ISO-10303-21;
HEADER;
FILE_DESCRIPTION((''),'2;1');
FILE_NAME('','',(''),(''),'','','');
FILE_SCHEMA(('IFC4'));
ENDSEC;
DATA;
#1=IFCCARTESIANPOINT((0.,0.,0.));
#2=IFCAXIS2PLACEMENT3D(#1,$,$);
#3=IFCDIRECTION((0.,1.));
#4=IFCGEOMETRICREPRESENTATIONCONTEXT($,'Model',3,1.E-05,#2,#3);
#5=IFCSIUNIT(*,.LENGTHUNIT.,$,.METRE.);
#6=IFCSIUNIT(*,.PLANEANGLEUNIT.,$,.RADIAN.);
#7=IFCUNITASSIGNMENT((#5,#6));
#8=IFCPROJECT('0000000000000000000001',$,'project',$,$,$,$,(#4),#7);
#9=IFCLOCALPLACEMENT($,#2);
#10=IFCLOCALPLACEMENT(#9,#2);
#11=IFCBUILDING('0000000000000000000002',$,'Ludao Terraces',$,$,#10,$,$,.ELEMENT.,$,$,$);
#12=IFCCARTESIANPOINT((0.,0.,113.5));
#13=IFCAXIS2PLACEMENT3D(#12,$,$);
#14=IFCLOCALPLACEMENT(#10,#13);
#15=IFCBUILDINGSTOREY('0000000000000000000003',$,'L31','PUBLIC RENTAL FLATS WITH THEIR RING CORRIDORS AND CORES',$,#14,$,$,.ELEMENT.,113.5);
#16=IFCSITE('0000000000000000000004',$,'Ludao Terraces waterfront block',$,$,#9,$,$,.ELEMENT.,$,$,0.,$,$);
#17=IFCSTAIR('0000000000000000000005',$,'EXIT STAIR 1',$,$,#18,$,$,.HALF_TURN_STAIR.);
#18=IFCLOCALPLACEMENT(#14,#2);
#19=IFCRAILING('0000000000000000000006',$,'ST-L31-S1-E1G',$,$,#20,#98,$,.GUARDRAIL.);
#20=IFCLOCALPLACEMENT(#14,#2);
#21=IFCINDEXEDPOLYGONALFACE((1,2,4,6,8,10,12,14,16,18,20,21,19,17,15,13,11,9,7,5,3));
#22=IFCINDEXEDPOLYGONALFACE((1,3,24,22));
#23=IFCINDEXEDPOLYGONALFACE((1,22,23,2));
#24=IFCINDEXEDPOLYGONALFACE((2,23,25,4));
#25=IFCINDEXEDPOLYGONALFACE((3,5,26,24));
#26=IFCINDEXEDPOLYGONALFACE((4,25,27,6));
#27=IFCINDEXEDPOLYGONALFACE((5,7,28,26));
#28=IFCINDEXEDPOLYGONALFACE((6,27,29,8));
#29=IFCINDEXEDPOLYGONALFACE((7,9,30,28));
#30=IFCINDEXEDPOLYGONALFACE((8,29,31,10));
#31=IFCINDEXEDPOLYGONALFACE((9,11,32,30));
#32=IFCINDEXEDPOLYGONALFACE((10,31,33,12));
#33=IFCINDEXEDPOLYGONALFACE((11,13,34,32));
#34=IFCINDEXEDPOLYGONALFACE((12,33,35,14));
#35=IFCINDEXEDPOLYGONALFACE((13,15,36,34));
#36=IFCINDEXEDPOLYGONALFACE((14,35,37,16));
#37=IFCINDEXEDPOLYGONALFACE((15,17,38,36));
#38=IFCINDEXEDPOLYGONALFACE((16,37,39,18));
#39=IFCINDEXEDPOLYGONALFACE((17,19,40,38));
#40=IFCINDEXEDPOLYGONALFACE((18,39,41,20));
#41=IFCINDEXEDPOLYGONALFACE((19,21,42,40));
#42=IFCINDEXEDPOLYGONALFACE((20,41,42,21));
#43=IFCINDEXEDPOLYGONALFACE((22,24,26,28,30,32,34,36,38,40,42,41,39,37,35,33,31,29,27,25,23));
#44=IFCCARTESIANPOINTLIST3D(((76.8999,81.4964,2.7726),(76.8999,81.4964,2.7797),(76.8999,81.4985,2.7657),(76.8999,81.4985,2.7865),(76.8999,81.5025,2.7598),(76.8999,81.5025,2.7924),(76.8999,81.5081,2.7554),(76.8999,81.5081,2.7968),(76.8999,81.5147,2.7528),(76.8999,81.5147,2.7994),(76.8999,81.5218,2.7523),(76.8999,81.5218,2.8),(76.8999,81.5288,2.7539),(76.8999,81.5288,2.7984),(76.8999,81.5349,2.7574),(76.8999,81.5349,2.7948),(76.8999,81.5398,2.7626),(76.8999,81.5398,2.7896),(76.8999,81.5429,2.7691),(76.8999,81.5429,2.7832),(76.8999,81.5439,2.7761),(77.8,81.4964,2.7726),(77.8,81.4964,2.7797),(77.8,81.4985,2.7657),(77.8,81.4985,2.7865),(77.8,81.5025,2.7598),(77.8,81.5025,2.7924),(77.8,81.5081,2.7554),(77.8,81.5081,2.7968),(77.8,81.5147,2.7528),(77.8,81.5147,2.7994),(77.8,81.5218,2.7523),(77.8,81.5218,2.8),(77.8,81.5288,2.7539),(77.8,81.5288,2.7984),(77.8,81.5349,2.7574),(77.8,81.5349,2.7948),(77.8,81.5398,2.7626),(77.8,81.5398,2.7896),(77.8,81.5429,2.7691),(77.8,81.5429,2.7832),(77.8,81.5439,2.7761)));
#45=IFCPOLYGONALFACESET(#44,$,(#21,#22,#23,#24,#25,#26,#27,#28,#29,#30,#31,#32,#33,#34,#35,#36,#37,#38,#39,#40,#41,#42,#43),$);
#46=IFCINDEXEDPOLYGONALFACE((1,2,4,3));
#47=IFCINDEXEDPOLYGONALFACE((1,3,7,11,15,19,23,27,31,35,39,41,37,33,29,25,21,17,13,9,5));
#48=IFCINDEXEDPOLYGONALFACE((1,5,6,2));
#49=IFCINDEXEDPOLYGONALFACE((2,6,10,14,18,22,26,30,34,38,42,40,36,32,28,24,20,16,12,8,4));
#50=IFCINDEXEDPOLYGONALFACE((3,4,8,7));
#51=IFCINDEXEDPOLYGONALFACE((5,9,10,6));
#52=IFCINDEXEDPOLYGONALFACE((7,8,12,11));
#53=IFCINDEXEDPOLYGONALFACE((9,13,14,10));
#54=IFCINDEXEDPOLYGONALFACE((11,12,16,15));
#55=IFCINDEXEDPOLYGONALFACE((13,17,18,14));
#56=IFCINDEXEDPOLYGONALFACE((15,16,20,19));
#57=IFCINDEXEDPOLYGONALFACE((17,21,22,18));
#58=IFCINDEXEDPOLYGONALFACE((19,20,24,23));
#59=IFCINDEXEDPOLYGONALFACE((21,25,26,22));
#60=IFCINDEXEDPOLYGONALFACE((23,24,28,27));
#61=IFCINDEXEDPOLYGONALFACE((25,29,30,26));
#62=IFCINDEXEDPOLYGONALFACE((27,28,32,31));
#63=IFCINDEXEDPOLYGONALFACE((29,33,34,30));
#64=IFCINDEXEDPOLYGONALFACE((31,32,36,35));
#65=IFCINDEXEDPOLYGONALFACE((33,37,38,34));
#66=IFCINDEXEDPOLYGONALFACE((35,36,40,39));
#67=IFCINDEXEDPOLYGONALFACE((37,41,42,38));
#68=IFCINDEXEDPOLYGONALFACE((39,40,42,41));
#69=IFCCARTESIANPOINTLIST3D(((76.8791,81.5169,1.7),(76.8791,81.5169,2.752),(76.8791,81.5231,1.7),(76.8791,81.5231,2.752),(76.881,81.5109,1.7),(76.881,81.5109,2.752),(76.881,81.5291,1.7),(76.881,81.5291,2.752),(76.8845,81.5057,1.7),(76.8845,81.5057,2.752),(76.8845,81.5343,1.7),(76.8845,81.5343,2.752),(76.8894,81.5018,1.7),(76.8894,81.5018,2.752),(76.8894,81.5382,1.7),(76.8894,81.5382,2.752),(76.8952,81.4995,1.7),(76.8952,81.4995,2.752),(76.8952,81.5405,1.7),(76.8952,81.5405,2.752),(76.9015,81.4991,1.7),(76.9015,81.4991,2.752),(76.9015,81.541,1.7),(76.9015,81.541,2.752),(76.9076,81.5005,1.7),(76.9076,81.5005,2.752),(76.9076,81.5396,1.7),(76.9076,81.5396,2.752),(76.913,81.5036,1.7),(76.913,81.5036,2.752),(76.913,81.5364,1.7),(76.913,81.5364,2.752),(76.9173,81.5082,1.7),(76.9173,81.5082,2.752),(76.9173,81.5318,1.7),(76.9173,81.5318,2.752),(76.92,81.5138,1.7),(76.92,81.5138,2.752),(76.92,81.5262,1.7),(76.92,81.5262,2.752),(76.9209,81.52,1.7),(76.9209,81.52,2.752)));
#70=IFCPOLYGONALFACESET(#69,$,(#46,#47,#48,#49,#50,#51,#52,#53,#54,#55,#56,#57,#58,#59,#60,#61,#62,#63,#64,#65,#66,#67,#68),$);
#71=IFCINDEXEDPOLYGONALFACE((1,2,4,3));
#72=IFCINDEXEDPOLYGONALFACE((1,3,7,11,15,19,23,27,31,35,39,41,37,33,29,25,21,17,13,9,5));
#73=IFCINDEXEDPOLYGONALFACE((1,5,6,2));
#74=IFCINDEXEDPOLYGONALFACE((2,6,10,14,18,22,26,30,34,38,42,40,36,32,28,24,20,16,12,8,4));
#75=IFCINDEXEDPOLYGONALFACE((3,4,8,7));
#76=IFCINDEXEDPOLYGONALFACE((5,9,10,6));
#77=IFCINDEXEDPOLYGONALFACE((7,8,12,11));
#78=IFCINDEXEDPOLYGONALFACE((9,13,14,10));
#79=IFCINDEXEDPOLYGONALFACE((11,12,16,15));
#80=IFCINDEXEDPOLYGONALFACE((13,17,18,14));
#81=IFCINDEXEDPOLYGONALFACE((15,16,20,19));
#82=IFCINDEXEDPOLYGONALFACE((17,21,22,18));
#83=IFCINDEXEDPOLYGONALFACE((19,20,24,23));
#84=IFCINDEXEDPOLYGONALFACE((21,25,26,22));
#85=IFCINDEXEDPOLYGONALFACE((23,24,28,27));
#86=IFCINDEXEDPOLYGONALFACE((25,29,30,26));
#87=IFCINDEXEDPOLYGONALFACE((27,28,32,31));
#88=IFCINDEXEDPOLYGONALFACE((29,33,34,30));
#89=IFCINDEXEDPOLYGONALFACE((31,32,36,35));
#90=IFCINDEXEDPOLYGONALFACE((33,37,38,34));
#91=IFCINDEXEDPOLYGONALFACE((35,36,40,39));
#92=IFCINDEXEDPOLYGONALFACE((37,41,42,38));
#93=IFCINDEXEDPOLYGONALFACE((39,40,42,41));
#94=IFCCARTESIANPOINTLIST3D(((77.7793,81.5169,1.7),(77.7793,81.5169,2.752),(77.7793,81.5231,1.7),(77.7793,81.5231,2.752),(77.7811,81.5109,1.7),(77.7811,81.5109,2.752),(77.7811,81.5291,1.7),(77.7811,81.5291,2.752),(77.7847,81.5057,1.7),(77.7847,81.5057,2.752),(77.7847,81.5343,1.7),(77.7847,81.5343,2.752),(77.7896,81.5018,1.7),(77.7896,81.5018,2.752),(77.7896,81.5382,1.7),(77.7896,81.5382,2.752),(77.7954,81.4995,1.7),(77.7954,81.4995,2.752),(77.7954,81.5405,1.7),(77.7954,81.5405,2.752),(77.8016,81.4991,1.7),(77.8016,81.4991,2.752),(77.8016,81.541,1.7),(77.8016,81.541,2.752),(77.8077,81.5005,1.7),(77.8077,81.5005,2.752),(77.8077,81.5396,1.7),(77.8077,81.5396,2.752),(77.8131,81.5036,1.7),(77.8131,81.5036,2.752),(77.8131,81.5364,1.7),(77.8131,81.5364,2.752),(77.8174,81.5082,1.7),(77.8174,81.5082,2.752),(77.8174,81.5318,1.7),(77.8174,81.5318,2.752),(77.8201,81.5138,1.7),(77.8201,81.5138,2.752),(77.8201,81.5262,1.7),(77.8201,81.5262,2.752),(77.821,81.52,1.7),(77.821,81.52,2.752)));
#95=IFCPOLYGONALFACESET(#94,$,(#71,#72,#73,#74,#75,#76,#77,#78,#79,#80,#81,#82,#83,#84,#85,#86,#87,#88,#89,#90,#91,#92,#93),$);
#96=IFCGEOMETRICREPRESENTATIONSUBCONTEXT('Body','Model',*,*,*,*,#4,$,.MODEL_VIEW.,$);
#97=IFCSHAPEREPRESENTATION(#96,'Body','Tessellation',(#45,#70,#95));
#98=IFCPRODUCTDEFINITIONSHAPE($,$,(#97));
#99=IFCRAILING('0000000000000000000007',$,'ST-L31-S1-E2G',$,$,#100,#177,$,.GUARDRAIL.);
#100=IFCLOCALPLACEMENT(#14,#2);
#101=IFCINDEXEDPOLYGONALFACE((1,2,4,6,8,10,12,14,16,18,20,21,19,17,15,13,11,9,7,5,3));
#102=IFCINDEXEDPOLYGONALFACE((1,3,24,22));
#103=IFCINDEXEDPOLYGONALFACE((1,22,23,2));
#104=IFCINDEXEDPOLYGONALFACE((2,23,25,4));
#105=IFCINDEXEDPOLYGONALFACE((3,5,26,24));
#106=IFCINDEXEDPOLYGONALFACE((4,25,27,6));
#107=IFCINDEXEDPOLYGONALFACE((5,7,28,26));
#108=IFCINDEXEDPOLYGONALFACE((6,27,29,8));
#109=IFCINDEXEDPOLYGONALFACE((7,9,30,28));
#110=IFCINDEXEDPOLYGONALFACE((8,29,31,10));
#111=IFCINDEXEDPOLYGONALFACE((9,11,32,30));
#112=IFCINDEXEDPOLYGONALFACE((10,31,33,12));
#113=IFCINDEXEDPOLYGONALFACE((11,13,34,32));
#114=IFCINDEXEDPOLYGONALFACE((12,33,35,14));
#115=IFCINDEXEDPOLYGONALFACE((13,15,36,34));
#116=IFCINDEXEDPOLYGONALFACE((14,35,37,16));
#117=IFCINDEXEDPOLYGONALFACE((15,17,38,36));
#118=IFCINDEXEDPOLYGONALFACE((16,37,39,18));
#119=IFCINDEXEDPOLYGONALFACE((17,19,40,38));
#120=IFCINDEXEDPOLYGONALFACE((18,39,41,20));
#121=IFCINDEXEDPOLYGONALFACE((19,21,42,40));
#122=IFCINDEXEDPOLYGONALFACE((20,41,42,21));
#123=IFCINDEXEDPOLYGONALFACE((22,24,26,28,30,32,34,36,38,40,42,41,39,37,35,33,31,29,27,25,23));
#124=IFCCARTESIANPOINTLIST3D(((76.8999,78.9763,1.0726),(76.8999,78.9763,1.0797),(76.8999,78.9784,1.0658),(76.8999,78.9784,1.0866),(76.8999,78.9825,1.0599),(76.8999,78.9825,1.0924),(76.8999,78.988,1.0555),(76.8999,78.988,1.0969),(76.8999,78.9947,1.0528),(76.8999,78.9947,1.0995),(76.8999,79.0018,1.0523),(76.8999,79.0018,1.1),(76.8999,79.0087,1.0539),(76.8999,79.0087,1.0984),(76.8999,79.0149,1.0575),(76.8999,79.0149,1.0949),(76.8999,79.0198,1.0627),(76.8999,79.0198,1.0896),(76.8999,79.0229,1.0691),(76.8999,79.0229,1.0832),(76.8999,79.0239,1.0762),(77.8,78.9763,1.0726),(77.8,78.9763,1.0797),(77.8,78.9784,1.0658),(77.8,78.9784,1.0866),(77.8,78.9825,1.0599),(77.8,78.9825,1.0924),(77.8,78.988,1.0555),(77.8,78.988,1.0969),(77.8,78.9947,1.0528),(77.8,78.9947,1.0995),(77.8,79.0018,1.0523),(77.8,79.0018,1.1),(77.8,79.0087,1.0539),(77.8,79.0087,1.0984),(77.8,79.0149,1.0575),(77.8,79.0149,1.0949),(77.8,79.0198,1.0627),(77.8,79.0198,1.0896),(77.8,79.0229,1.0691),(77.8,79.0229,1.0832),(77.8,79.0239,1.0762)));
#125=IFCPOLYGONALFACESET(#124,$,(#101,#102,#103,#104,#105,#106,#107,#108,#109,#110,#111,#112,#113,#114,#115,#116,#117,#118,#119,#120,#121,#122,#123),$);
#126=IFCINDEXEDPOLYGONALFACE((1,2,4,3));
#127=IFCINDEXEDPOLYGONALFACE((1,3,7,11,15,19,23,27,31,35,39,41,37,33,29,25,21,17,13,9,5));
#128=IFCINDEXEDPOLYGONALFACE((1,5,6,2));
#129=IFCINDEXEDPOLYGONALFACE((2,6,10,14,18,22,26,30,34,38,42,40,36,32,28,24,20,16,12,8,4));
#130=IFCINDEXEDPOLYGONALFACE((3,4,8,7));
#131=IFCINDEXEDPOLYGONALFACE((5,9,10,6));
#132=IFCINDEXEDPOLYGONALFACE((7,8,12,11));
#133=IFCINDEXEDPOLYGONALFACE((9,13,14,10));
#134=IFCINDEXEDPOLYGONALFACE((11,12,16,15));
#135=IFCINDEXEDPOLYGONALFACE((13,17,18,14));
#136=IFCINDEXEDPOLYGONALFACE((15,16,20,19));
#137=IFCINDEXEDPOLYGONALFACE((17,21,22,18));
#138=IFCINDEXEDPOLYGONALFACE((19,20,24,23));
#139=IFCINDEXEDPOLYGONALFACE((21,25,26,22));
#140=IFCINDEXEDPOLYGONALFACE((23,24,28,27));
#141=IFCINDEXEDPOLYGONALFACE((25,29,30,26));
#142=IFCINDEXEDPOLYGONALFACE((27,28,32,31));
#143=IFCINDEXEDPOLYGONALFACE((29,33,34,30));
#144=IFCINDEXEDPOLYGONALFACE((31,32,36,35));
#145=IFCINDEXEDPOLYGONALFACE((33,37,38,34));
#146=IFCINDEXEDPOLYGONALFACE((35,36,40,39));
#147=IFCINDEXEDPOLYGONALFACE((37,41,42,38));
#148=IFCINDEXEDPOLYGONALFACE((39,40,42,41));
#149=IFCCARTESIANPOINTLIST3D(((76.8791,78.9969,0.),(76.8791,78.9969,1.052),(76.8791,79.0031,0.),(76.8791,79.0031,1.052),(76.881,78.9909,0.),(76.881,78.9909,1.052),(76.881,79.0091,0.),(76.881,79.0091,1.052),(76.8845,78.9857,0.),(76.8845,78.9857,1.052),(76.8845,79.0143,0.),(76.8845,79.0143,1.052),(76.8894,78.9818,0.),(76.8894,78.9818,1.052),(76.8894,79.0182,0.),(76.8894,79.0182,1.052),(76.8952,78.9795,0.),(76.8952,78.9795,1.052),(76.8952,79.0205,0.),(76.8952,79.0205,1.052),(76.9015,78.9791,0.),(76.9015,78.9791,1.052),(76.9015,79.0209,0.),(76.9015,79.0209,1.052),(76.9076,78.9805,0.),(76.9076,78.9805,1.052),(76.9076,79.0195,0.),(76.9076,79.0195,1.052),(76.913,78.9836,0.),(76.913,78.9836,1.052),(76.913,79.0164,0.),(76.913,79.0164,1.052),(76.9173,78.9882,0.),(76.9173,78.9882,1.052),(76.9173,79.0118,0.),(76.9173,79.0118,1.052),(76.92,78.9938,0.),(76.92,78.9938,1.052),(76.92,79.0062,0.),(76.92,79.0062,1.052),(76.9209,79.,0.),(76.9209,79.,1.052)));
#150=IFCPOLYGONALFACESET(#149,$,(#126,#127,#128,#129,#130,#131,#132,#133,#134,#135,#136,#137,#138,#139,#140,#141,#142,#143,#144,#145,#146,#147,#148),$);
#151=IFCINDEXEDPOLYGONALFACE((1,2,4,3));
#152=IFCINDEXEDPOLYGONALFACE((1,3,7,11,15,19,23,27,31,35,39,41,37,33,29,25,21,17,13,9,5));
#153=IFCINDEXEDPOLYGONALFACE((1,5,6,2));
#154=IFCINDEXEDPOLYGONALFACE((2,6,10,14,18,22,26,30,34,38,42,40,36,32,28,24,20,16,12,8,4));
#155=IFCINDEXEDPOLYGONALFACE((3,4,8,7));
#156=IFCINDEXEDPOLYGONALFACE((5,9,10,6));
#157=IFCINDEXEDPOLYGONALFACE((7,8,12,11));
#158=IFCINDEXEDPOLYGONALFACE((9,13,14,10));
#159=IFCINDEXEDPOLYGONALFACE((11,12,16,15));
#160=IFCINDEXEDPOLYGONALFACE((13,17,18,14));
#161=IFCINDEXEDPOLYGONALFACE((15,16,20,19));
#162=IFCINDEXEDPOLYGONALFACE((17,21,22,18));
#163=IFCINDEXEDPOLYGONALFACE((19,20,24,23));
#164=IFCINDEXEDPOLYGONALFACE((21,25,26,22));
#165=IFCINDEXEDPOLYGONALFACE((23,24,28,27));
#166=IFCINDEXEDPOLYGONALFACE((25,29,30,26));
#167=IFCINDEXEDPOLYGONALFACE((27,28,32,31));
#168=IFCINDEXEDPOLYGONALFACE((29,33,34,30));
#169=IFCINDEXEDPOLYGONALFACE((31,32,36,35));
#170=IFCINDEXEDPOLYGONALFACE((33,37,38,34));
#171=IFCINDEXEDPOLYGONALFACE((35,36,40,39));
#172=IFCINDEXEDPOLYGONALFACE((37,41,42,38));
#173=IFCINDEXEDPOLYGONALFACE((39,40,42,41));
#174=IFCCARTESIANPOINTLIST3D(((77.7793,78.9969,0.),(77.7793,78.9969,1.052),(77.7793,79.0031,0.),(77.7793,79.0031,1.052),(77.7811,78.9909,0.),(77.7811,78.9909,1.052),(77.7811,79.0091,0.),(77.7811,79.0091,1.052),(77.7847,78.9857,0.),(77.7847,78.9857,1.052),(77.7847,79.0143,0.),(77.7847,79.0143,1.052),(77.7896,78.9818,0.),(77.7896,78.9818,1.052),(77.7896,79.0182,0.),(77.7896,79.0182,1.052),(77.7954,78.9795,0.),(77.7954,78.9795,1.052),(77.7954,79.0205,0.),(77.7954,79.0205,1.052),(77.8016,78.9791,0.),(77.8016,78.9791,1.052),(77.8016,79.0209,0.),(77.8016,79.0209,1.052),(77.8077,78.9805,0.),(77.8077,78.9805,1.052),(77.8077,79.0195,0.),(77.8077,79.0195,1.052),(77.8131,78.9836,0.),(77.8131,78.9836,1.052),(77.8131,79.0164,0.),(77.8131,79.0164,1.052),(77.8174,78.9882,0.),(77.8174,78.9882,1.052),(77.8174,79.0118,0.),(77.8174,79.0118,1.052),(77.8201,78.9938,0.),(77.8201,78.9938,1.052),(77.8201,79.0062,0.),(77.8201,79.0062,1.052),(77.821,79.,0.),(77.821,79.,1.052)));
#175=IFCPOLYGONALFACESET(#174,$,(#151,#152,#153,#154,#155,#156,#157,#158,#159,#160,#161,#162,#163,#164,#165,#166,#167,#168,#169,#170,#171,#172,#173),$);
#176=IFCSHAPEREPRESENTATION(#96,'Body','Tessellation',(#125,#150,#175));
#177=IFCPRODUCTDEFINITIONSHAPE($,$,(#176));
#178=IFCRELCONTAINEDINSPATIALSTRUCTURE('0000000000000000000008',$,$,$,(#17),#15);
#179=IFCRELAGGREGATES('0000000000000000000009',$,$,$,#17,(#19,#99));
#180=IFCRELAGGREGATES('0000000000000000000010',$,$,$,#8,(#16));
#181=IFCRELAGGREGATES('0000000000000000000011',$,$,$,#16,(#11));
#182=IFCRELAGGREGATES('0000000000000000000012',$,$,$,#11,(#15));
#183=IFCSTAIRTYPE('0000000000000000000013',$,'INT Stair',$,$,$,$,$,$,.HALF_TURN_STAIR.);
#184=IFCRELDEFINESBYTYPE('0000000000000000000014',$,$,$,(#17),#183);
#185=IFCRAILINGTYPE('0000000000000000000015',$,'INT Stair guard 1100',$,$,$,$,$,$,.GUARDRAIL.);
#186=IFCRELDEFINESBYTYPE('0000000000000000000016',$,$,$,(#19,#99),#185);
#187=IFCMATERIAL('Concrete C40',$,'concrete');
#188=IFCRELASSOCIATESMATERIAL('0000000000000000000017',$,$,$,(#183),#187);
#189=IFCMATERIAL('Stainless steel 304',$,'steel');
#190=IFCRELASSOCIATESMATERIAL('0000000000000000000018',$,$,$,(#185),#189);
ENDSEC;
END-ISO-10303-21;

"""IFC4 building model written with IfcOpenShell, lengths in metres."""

from ifc_helpers import new_model, si_unit, direction, frame, origin, origin_2d, place, context, subcontext, project, spatial, circle, extrude, material, type_object, element, aggregate, save


model = new_model("IFC4")

# Units and contexts
model_context = context("Model", 3, precision=1e-05, world=origin(), true_north=direction((0.0, 1.0)))
body_context = subcontext(model_context, "Body", "Model", "MODEL_VIEW")
ifc_project = project(units=[si_unit("LENGTHUNIT", "METRE"), si_unit("PLANEANGLEUNIT", "RADIAN")], contexts=[model_context])

# Site, building, storey
site_placement = place(None, origin())
site = spatial("IfcSite", under=ifc_project, at=site_placement, Name="Ludao Terraces waterfront block", CompositionType="ELEMENT", RefElevation=0.0)
building_placement = place(site_placement, origin())
building = spatial("IfcBuilding", under=site, at=building_placement, Name="Ludao Terraces", CompositionType="ELEMENT")
storey_placement = place(building_placement, frame((0.0, 0.0, 113.5)))
storey = spatial("IfcBuildingStorey", under=building, at=storey_placement, Name="L31", Description="PUBLIC RENTAL FLATS WITH THEIR RING CORRIDORS AND CORES", CompositionType="ELEMENT", Elevation=113.5)

# Shared definitions
ifc_material_1 = material(Name="Stainless steel 304", Category="steel")

# Stair, railings
ifc_material_2 = material(Name="Concrete C40", Category="concrete")
stair_type = type_object("IfcStairType", Name="INT Stair", PredefinedType="HALF_TURN_STAIR", material=ifc_material_2)
stair_placement = place(storey_placement, origin())
stair = element("IfcStair", 1, at=stair_placement, inside=storey, type_object=stair_type, Name="EXIT STAIR 1", PredefinedType="HALF_TURN_STAIR")
railing_type_1 = type_object("IfcRailingType", Name="INT Stair guard 1100", PredefinedType="GUARDRAIL", material=ifc_material_1)
railing_1_placement = place(storey_placement, frame((76.8999, 81.52, 1.7)))
railing_1 = element("IfcRailing", 2, at=railing_1_placement, type_object=railing_type_1, Name="ST-L31-S1-E1G", PredefinedType="GUARDRAIL", context=body_context, shape_type="SweptSolid", body=[
    extrude(circle(Radius=0.0239, at=origin_2d()), frame((0.0, 0.0, 1.0762), z_axis=(1.0, 0.0, 0.0), x_axis=(0.0, 1.0, 0.0)), (0.0, 0.0, 1.0), 0.9001),
    extrude(circle(Radius=0.021, at=origin_2d()), origin(), (0.0, 0.0, 1.0), 1.052),
    extrude(circle(Radius=0.021, at=origin_2d()), frame((0.9001, 0.0, 0.0)), (0.0, 0.0, 1.0), 1.052),
])
railing_2_placement = place(storey_placement, frame((76.8999, 79.0, 0.0)))
railing_2 = element("IfcRailing", 3, at=railing_2_placement, type_object=railing_type_1, Name="ST-L31-S1-E2G", PredefinedType="GUARDRAIL", context=body_context, shape_type="SweptSolid", body=[
    extrude(circle(Radius=0.0239, at=origin_2d()), frame((0.0, 0.0, 1.0762), z_axis=(1.0, 0.0, 0.0), x_axis=(0.0, 1.0, 0.0)), (0.0, 0.0, 1.0), 0.9001),
    extrude(circle(Radius=0.021, at=origin_2d()), origin(), (0.0, 0.0, 1.0), 1.052),
    extrude(circle(Radius=0.021, at=origin_2d()), frame((0.9001, 0.0, 0.0)), (0.0, 0.0, 1.0), 1.052),
])
aggregate(stair, [railing_1, railing_2])

save(model, "model.ifc")
